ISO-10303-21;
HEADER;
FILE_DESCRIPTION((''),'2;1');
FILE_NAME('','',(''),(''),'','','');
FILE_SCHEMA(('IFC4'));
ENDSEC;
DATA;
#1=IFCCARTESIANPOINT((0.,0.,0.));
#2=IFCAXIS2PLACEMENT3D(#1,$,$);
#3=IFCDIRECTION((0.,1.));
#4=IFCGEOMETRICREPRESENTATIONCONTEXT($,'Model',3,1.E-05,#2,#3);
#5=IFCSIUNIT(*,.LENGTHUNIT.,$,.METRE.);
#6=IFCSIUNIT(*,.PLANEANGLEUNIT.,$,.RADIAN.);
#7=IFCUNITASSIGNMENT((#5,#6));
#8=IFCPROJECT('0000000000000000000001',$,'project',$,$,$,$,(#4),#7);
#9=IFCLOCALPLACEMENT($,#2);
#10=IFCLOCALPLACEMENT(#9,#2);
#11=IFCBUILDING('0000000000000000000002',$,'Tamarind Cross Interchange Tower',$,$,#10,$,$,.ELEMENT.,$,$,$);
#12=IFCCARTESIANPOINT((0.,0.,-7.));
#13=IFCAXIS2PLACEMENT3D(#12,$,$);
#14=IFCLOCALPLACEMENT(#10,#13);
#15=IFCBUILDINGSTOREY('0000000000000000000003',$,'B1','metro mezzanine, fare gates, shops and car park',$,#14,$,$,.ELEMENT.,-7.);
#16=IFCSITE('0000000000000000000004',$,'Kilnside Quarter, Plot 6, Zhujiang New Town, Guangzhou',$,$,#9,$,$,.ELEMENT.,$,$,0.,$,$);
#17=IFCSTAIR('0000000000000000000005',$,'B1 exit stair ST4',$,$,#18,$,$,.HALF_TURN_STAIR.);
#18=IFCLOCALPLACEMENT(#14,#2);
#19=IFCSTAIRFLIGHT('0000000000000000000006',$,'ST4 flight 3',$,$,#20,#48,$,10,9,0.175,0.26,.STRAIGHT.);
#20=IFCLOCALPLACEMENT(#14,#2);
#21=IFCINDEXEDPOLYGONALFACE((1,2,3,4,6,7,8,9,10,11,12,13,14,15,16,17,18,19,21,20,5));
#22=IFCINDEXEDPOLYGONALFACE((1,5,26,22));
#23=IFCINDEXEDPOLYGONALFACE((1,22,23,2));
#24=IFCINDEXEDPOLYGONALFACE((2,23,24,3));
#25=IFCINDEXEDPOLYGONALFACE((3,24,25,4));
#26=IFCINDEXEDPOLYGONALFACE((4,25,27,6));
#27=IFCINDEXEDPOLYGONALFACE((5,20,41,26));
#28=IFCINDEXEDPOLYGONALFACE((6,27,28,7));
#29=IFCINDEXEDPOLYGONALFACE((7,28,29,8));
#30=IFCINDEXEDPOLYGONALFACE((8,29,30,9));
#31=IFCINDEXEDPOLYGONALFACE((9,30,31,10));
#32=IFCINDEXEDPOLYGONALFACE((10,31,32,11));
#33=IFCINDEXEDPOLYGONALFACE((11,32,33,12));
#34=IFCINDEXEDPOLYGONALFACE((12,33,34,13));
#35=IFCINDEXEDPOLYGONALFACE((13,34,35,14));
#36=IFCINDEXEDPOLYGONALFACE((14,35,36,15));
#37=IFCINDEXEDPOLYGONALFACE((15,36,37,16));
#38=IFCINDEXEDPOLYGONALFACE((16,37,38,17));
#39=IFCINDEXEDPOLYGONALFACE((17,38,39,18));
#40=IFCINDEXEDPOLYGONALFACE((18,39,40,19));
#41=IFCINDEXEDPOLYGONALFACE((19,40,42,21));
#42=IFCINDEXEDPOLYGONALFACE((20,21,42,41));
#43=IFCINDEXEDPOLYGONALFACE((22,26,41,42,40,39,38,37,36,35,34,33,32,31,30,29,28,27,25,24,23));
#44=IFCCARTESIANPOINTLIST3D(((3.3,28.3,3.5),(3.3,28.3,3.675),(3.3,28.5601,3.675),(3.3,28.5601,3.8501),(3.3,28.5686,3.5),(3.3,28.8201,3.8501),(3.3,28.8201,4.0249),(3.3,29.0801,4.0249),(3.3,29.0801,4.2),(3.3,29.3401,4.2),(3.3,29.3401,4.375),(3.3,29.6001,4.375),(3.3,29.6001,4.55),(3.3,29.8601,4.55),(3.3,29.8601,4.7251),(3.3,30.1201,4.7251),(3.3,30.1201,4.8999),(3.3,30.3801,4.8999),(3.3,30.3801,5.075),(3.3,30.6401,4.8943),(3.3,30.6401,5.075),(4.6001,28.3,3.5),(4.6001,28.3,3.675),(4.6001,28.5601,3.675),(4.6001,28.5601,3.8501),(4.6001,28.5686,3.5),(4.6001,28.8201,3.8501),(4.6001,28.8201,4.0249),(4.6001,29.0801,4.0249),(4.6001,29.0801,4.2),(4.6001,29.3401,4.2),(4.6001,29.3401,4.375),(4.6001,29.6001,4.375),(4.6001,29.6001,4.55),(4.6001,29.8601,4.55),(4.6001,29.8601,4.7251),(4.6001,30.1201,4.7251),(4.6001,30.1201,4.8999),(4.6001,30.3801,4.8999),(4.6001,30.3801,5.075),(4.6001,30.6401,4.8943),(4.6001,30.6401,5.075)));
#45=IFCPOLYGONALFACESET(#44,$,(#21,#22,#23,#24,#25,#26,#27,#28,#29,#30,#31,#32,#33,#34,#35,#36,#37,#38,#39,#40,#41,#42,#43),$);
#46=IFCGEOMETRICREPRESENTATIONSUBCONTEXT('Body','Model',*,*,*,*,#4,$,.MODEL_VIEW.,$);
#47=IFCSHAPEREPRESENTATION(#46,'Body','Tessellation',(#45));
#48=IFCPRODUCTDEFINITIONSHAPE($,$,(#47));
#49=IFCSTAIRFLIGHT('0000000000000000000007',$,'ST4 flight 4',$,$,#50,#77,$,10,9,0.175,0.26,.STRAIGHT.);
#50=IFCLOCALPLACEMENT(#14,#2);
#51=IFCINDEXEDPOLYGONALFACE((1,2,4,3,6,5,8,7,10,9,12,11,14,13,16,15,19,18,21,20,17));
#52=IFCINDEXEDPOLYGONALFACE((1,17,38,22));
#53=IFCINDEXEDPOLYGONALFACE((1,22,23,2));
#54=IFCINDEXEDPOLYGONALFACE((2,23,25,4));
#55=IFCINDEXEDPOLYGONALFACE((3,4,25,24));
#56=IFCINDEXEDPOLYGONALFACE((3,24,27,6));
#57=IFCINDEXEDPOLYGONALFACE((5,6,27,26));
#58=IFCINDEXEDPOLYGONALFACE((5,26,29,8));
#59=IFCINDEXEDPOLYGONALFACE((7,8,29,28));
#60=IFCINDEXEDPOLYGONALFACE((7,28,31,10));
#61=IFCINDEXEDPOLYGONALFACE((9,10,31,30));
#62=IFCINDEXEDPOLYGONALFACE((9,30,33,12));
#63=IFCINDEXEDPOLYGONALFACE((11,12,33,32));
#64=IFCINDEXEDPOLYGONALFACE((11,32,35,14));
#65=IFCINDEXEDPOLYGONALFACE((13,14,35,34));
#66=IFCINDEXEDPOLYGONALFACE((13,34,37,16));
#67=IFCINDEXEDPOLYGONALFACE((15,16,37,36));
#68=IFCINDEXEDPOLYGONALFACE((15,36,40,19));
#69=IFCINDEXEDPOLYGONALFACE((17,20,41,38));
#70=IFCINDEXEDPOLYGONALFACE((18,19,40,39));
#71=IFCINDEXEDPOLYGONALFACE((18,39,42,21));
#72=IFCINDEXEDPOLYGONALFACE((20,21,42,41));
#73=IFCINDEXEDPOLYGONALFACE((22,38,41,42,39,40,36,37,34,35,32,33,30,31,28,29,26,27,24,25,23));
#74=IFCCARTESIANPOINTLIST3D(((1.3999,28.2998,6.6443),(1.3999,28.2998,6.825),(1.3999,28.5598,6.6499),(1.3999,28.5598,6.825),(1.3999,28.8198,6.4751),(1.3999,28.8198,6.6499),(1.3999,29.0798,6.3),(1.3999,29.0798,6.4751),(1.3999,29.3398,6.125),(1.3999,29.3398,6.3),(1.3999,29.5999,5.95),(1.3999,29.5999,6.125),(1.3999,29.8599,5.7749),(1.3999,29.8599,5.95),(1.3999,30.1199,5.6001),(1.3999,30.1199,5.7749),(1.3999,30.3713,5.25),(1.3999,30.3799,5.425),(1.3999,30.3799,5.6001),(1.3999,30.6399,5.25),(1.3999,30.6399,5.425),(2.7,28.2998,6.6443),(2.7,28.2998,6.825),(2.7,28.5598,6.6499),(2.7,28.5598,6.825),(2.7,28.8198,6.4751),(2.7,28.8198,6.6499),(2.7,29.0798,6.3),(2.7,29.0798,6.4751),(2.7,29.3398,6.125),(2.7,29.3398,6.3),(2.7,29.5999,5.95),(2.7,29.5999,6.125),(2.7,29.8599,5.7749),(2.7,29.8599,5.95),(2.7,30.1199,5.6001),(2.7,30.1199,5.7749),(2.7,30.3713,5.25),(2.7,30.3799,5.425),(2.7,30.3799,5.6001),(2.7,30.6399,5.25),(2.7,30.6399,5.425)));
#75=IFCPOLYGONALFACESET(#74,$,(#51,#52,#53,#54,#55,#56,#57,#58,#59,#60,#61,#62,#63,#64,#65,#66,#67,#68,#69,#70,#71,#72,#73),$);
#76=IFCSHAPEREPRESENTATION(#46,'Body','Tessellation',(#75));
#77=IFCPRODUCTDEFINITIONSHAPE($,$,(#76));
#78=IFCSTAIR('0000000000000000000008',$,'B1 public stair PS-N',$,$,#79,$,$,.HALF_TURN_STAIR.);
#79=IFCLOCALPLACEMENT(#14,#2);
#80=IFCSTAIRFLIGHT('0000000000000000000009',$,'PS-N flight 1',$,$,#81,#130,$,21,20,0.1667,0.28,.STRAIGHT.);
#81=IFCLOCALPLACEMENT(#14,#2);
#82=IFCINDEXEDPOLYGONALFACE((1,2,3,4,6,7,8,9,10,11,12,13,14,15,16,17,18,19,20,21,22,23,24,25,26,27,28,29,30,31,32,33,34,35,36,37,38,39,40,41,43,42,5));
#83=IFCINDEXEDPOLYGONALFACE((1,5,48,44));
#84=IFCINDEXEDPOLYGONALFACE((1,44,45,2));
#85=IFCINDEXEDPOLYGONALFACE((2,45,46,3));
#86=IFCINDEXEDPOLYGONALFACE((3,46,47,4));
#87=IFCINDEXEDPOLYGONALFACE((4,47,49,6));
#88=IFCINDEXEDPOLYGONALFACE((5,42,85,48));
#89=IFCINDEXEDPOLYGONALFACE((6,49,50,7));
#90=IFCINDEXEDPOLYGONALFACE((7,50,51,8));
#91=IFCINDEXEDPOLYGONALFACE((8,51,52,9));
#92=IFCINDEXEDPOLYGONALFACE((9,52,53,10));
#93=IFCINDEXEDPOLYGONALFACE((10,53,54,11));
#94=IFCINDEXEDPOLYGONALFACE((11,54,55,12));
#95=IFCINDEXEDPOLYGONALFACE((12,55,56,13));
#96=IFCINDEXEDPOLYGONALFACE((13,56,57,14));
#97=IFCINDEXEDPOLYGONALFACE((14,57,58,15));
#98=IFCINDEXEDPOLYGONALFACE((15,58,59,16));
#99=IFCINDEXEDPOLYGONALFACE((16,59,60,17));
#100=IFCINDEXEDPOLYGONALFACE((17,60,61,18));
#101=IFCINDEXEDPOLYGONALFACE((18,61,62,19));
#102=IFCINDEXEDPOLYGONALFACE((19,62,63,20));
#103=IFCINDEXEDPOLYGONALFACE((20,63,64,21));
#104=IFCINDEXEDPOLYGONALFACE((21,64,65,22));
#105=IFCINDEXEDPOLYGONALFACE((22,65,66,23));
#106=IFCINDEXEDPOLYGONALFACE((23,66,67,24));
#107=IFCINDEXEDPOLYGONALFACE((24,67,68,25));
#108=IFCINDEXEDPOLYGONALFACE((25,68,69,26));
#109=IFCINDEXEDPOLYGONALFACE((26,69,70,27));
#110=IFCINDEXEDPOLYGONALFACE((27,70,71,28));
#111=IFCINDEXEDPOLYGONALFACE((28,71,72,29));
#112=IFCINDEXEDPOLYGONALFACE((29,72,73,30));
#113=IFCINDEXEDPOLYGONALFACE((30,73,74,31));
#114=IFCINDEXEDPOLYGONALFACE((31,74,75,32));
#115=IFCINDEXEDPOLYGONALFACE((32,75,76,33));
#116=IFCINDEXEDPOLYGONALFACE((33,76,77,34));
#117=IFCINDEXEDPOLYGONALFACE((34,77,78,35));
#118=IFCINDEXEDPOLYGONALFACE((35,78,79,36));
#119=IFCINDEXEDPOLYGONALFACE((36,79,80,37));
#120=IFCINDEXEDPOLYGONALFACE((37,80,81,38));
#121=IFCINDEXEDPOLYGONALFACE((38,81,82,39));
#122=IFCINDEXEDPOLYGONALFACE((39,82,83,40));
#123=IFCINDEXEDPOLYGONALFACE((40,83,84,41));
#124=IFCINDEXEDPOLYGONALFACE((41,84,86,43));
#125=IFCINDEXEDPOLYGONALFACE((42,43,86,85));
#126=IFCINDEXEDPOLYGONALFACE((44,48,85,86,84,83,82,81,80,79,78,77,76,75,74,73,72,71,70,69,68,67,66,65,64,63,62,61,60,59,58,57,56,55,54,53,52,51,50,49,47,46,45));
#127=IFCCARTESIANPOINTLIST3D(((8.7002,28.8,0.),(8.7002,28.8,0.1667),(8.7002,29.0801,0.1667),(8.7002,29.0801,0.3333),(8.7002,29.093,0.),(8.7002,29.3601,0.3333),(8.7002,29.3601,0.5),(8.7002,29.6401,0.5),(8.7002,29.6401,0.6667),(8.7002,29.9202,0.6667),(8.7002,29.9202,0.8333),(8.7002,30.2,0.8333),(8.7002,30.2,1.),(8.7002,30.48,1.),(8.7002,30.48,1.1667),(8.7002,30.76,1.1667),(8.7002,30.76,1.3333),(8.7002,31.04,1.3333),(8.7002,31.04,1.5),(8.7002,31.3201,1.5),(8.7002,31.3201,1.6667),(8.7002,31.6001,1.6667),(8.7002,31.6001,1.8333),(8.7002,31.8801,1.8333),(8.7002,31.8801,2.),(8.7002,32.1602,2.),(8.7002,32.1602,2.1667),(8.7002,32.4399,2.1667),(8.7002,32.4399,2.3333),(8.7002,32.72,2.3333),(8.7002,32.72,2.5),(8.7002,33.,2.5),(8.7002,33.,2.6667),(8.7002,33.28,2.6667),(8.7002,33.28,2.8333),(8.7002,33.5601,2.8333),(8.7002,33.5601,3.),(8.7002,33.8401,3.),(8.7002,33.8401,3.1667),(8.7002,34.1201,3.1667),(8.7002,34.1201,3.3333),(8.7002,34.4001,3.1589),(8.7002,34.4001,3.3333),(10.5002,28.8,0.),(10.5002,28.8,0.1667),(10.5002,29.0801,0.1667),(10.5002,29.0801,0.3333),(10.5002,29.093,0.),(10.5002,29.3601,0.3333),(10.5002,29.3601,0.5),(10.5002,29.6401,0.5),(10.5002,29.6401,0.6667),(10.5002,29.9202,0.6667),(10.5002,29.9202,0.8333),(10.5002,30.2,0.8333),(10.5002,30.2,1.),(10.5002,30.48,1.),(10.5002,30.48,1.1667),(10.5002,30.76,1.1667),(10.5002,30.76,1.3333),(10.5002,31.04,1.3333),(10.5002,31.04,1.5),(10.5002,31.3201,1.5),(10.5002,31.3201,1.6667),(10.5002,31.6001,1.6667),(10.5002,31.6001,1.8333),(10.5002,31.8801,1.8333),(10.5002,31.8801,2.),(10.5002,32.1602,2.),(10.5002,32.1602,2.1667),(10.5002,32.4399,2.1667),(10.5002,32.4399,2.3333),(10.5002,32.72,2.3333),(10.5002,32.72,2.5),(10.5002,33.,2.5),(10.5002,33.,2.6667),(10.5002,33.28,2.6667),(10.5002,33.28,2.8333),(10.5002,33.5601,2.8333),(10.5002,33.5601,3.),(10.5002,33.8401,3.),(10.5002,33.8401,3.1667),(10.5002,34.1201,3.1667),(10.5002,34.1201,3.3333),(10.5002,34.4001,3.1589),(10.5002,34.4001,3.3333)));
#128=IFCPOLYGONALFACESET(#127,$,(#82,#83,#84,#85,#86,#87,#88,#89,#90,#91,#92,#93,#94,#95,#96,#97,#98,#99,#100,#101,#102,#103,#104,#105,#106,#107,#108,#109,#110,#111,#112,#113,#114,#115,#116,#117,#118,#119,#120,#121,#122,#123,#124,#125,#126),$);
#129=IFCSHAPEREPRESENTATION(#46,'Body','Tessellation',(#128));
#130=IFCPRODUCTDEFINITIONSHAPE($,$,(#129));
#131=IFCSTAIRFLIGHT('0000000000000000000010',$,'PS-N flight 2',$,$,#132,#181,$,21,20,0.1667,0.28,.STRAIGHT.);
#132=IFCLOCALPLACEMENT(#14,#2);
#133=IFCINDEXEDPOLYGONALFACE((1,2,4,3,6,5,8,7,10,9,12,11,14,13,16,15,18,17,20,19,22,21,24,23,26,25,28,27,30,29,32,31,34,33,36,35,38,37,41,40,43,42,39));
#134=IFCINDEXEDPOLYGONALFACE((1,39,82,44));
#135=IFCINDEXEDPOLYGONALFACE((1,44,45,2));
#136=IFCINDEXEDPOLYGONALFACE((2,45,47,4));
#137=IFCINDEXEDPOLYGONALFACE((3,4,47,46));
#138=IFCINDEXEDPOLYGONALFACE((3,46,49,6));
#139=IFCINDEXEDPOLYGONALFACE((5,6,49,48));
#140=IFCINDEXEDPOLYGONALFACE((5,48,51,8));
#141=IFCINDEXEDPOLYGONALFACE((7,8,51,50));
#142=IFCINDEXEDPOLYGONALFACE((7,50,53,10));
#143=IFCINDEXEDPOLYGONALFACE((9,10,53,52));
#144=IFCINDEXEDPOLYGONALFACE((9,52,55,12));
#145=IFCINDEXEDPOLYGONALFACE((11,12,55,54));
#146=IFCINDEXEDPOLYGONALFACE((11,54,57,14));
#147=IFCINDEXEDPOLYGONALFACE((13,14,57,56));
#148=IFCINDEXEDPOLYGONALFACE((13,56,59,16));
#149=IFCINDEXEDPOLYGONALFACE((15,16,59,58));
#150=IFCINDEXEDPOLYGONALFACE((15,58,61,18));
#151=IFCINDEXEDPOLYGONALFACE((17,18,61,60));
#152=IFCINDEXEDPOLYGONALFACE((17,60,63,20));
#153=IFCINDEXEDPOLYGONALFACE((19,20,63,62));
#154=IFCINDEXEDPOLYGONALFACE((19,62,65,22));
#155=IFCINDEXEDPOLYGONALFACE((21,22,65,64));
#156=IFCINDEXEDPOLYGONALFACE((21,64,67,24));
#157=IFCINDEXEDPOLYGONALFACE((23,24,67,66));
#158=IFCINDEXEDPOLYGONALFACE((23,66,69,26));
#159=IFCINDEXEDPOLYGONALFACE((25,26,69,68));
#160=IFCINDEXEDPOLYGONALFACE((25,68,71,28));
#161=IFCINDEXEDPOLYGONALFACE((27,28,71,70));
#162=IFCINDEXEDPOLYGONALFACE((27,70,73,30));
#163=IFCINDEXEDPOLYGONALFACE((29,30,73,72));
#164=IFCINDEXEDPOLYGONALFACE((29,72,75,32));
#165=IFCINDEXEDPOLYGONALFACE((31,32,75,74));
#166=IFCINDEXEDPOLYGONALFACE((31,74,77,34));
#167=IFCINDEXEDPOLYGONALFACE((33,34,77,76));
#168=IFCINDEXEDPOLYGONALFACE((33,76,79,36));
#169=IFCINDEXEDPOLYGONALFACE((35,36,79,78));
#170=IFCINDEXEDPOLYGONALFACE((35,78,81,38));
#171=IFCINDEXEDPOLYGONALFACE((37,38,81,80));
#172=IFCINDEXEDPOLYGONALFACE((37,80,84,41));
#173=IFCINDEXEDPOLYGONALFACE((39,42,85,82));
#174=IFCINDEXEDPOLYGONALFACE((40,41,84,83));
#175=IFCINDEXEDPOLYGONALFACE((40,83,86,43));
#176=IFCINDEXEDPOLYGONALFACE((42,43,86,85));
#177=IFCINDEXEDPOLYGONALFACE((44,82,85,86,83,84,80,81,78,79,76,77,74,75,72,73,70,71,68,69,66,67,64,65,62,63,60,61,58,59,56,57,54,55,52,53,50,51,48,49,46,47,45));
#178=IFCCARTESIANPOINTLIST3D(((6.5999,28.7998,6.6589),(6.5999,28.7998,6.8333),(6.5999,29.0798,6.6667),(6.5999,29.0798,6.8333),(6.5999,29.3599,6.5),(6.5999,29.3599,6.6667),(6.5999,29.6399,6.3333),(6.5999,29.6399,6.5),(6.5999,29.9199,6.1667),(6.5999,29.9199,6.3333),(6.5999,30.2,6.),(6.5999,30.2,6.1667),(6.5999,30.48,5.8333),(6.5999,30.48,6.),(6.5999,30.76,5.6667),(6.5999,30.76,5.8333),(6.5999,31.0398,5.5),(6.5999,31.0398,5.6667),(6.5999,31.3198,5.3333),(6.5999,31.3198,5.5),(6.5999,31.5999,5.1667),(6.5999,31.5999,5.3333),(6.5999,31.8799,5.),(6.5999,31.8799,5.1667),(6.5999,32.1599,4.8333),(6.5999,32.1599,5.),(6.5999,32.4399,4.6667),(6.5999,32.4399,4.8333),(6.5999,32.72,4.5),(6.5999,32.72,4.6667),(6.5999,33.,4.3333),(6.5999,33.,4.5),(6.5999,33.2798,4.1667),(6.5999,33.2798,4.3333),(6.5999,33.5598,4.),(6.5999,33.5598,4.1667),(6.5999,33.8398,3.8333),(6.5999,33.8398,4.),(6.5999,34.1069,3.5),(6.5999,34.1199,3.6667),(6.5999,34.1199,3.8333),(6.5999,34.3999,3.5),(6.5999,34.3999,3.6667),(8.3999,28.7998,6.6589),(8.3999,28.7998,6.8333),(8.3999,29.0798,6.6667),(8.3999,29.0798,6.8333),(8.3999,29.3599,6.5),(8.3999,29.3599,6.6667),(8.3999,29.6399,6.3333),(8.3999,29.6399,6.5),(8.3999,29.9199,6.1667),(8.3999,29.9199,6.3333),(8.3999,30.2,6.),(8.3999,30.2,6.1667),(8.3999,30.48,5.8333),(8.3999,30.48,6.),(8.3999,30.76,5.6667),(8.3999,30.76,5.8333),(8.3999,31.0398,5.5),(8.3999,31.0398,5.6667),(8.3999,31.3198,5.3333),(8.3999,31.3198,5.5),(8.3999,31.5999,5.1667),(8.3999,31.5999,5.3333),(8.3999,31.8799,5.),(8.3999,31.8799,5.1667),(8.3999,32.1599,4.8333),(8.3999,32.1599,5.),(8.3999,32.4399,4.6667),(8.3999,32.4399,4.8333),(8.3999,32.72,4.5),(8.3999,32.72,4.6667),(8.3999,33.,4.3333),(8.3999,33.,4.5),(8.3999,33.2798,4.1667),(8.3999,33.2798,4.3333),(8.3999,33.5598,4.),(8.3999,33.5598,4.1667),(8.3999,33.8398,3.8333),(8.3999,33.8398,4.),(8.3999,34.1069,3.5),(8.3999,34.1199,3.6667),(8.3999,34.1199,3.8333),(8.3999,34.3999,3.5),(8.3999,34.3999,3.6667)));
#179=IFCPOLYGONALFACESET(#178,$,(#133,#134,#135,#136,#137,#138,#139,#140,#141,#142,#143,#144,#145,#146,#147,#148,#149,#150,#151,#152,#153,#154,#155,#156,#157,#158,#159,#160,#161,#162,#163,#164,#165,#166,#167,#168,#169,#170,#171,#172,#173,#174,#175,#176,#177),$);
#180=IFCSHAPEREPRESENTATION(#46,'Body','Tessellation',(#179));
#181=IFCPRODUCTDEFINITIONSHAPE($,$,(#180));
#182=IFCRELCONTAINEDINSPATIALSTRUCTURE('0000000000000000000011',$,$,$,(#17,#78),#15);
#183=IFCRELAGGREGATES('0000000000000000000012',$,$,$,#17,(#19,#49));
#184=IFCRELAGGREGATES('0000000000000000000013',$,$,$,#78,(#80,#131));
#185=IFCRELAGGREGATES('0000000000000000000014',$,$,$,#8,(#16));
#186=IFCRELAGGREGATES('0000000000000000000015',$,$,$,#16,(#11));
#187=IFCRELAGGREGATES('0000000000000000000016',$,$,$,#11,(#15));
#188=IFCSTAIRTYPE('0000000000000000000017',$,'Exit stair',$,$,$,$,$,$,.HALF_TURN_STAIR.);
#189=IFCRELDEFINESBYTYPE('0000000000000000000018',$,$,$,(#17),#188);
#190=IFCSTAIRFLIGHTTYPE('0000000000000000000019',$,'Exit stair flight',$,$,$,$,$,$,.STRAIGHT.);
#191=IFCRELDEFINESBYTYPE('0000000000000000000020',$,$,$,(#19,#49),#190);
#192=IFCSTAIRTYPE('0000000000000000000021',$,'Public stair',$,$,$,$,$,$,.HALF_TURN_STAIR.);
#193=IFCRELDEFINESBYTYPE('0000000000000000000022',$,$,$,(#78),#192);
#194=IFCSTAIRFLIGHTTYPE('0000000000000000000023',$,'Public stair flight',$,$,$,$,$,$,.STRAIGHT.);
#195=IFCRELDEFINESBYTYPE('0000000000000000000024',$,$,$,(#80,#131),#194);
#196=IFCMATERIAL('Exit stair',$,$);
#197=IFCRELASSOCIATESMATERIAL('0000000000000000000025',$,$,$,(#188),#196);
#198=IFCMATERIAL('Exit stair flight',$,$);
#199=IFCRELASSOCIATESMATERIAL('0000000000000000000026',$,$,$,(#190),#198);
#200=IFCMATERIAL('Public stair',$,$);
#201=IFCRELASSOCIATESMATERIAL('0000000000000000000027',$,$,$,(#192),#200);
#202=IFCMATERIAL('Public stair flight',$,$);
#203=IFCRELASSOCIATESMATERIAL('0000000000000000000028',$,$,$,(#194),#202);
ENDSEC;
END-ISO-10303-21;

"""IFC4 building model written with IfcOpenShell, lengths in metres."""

from ifc_helpers import new_model, si_unit, direction, frame, origin, place, context, subcontext, project, spatial, polyline, outline, extrude, material, type_object, element, aggregate, save


model = new_model("IFC4")

# Units and contexts
model_context = context("Model", 3, precision=1e-05, world=origin(), true_north=direction((0.0, 1.0)))
body_context = subcontext(model_context, "Body", "Model", "MODEL_VIEW")
ifc_project = project(units=[si_unit("LENGTHUNIT", "METRE"), si_unit("PLANEANGLEUNIT", "RADIAN")], contexts=[model_context])

# Site, building, storey
site_placement = place(None, origin())
site = spatial("IfcSite", under=ifc_project, at=site_placement, Name="Kilnside Quarter, Plot 6, Zhujiang New Town, Guangzhou", CompositionType="ELEMENT", RefElevation=0.0)
building_placement = place(site_placement, origin())
building = spatial("IfcBuilding", under=site, at=building_placement, Name="Tamarind Cross Interchange Tower", CompositionType="ELEMENT")
storey_placement = place(building_placement, frame((0.0, 0.0, -7.0)))
storey = spatial("IfcBuildingStorey", under=building, at=storey_placement, Name="B1", Description="metro mezzanine, fare gates, shops and car park", CompositionType="ELEMENT", Elevation=-7.0)

# Stairs, stair flights
ifc_material_1 = material(Name="Exit stair")
stair_type_1 = type_object("IfcStairType", Name="Exit stair", PredefinedType="HALF_TURN_STAIR", material=ifc_material_1)
stair_1_placement = place(storey_placement, origin())
stair_1 = element("IfcStair", 1, at=stair_1_placement, inside=storey, type_object=stair_type_1, Name="B1 exit stair ST4", PredefinedType="HALF_TURN_STAIR")
ifc_material_2 = material(Name="Exit stair flight")
stair_flight_type_1 = type_object("IfcStairFlightType", Name="Exit stair flight", PredefinedType="STRAIGHT", material=ifc_material_2)
stair_flight_1_placement = place(storey_placement, frame((3.95, 28.3, 3.5), z_axis=(0.0, 0.0, 1.0), x_axis=(0.0, 1.0, 0.0)))
stair_flight_1 = element("IfcStairFlight", 2, at=stair_flight_1_placement, type_object=stair_flight_type_1, Name="ST4 flight 3", NumberOfRisers=10, NumberOfTreads=9, PredefinedType="STRAIGHT", RiserHeight=0.175, TreadLength=0.26, context=body_context, shape_type="SweptSolid", body=[
    extrude(outline(polyline([(0.0, 0.0), (0.0, 0.175), (0.26, 0.175), (0.26, 0.3501), (0.52, 0.3501), (0.52, 0.5249), (0.78, 0.5249), (0.78, 0.7), (1.04, 0.7), (1.04, 0.875), (1.3, 0.875), (1.3, 1.05), (1.5601, 1.05), (1.5601, 1.2251), (1.8201, 1.2251), (1.8201, 1.3999), (2.0801, 1.3999), (2.0801, 1.575), (2.3401, 1.575), (2.3401, 1.75), (2.3401, 1.3943), (0.2686, 0.0), (0.0, 0.0)])), frame((0.0, 0.6499, 0.0), z_axis=(0.0, -1.0, 0.0), x_axis=(1.0, 0.0, 0.0)), (0.0, 0.0, 1.0), 1.3),
])
stair_flight_2_placement = place(storey_placement, frame((2.05, 30.6399, 5.25), z_axis=(0.0, 0.0, 1.0), x_axis=(0.0, -1.0, 0.0)))
stair_flight_2 = element("IfcStairFlight", 3, at=stair_flight_2_placement, type_object=stair_flight_type_1, Name="ST4 flight 4", NumberOfRisers=10, NumberOfTreads=9, PredefinedType="STRAIGHT", RiserHeight=0.175, TreadLength=0.26, context=body_context, shape_type="SweptSolid", body=[
    extrude(outline(polyline([(0.0, 0.0), (0.0, 0.175), (0.26, 0.175), (0.26, 0.3501), (0.52, 0.3501), (0.52, 0.5249), (0.78, 0.5249), (0.78, 0.7), (1.04, 0.7), (1.04, 0.875), (1.3, 0.875), (1.3, 1.05), (1.5601, 1.05), (1.5601, 1.2251), (1.8201, 1.2251), (1.8201, 1.3999), (2.0801, 1.3999), (2.0801, 1.575), (2.3401, 1.575), (2.3401, 1.75), (2.3401, 1.3943), (0.2686, 0.0), (0.0, 0.0)])), frame((0.0, 0.6499, 0.0), z_axis=(0.0, -1.0, 0.0), x_axis=(1.0, 0.0, 0.0)), (0.0, 0.0, 1.0), 1.3),
])
aggregate(stair_1, [stair_flight_1, stair_flight_2])
ifc_material_3 = material(Name="Public stair")
stair_type_2 = type_object("IfcStairType", Name="Public stair", PredefinedType="HALF_TURN_STAIR", material=ifc_material_3)
stair_2_placement = place(storey_placement, origin())
stair_2 = element("IfcStair", 4, at=stair_2_placement, inside=storey, type_object=stair_type_2, Name="B1 public stair PS-N", PredefinedType="HALF_TURN_STAIR")
ifc_material_4 = material(Name="Public stair flight")
stair_flight_type_2 = type_object("IfcStairFlightType", Name="Public stair flight", PredefinedType="STRAIGHT", material=ifc_material_4)
stair_flight_3_placement = place(storey_placement, frame((9.6001, 28.8, 0.0), z_axis=(0.0, 0.0, 1.0), x_axis=(0.0, 1.0, 0.0)))
stair_flight_3 = element("IfcStairFlight", 5, at=stair_flight_3_placement, type_object=stair_flight_type_2, Name="PS-N flight 1", NumberOfRisers=21, NumberOfTreads=20, PredefinedType="STRAIGHT", RiserHeight=0.1667, TreadLength=0.28, context=body_context, shape_type="SweptSolid", body=[
    extrude(outline(polyline([(0.0, 0.0), (0.0, 0.1667), (0.28, 0.1667), (0.28, 0.3333), (0.5601, 0.3333), (0.5601, 0.5), (0.8401, 0.5), (0.8401, 0.6667), (1.1201, 0.6667), (1.1201, 0.8333), (1.3999, 0.8333), (1.3999, 1.0), (1.6799, 1.0), (1.6799, 1.1667), (1.96, 1.1667), (1.96, 1.3333), (2.24, 1.3333), (2.24, 1.5), (2.52, 1.5), (2.52, 1.6667), (2.8, 1.6667), (2.8, 1.8333), (3.0801, 1.8333), (3.0801, 2.0), (3.3601, 2.0), (3.3601, 2.1667), (3.6399, 2.1667), (3.6399, 2.3333), (3.9199, 2.3333), (3.9199, 2.5), (4.2, 2.5), (4.2, 2.6667), (4.48, 2.6667), (4.48, 2.8333), (4.76, 2.8333), (4.76, 3.0), (5.04, 3.0), (5.04, 3.1667), (5.3201, 3.1667), (5.3201, 3.3333), (5.6001, 3.3333), (5.6001, 3.5), (5.6001, 3.1589), (0.293, 0.0), (0.0, 0.0)])), frame((0.0, 0.8999, 0.0), z_axis=(0.0, -1.0, 0.0), x_axis=(1.0, 0.0, 0.0)), (0.0, 0.0, 1.0), 1.8),
])
stair_flight_4_placement = place(storey_placement, frame((7.5, 34.3999, 3.5), z_axis=(0.0, 0.0, 1.0), x_axis=(0.0, -1.0, 0.0)))
stair_flight_4 = element("IfcStairFlight", 6, at=stair_flight_4_placement, type_object=stair_flight_type_2, Name="PS-N flight 2", NumberOfRisers=21, NumberOfTreads=20, PredefinedType="STRAIGHT", RiserHeight=0.1667, TreadLength=0.28, context=body_context, shape_type="SweptSolid", body=[
    extrude(outline(polyline([(0.0, 0.0), (0.0, 0.1667), (0.28, 0.1667), (0.28, 0.3333), (0.5601, 0.3333), (0.5601, 0.5), (0.8401, 0.5), (0.8401, 0.6667), (1.1201, 0.6667), (1.1201, 0.8333), (1.3999, 0.8333), (1.3999, 1.0), (1.6799, 1.0), (1.6799, 1.1667), (1.96, 1.1667), (1.96, 1.3333), (2.24, 1.3333), (2.24, 1.5), (2.52, 1.5), (2.52, 1.6667), (2.8, 1.6667), (2.8, 1.8333), (3.0801, 1.8333), (3.0801, 2.0), (3.3601, 2.0), (3.3601, 2.1667), (3.6399, 2.1667), (3.6399, 2.3333), (3.9199, 2.3333), (3.9199, 2.5), (4.2, 2.5), (4.2, 2.6667), (4.48, 2.6667), (4.48, 2.8333), (4.76, 2.8333), (4.76, 3.0), (5.04, 3.0), (5.04, 3.1667), (5.3201, 3.1667), (5.3201, 3.3333), (5.6001, 3.3333), (5.6001, 3.5), (5.6001, 3.1589), (0.293, 0.0), (0.0, 0.0)])), frame((0.0, 0.8999, 0.0), z_axis=(0.0, -1.0, 0.0), x_axis=(1.0, 0.0, 0.0)), (0.0, 0.0, 1.0), 1.8),
])
aggregate(stair_2, [stair_flight_3, stair_flight_4])

save(model, "model.ifc")
